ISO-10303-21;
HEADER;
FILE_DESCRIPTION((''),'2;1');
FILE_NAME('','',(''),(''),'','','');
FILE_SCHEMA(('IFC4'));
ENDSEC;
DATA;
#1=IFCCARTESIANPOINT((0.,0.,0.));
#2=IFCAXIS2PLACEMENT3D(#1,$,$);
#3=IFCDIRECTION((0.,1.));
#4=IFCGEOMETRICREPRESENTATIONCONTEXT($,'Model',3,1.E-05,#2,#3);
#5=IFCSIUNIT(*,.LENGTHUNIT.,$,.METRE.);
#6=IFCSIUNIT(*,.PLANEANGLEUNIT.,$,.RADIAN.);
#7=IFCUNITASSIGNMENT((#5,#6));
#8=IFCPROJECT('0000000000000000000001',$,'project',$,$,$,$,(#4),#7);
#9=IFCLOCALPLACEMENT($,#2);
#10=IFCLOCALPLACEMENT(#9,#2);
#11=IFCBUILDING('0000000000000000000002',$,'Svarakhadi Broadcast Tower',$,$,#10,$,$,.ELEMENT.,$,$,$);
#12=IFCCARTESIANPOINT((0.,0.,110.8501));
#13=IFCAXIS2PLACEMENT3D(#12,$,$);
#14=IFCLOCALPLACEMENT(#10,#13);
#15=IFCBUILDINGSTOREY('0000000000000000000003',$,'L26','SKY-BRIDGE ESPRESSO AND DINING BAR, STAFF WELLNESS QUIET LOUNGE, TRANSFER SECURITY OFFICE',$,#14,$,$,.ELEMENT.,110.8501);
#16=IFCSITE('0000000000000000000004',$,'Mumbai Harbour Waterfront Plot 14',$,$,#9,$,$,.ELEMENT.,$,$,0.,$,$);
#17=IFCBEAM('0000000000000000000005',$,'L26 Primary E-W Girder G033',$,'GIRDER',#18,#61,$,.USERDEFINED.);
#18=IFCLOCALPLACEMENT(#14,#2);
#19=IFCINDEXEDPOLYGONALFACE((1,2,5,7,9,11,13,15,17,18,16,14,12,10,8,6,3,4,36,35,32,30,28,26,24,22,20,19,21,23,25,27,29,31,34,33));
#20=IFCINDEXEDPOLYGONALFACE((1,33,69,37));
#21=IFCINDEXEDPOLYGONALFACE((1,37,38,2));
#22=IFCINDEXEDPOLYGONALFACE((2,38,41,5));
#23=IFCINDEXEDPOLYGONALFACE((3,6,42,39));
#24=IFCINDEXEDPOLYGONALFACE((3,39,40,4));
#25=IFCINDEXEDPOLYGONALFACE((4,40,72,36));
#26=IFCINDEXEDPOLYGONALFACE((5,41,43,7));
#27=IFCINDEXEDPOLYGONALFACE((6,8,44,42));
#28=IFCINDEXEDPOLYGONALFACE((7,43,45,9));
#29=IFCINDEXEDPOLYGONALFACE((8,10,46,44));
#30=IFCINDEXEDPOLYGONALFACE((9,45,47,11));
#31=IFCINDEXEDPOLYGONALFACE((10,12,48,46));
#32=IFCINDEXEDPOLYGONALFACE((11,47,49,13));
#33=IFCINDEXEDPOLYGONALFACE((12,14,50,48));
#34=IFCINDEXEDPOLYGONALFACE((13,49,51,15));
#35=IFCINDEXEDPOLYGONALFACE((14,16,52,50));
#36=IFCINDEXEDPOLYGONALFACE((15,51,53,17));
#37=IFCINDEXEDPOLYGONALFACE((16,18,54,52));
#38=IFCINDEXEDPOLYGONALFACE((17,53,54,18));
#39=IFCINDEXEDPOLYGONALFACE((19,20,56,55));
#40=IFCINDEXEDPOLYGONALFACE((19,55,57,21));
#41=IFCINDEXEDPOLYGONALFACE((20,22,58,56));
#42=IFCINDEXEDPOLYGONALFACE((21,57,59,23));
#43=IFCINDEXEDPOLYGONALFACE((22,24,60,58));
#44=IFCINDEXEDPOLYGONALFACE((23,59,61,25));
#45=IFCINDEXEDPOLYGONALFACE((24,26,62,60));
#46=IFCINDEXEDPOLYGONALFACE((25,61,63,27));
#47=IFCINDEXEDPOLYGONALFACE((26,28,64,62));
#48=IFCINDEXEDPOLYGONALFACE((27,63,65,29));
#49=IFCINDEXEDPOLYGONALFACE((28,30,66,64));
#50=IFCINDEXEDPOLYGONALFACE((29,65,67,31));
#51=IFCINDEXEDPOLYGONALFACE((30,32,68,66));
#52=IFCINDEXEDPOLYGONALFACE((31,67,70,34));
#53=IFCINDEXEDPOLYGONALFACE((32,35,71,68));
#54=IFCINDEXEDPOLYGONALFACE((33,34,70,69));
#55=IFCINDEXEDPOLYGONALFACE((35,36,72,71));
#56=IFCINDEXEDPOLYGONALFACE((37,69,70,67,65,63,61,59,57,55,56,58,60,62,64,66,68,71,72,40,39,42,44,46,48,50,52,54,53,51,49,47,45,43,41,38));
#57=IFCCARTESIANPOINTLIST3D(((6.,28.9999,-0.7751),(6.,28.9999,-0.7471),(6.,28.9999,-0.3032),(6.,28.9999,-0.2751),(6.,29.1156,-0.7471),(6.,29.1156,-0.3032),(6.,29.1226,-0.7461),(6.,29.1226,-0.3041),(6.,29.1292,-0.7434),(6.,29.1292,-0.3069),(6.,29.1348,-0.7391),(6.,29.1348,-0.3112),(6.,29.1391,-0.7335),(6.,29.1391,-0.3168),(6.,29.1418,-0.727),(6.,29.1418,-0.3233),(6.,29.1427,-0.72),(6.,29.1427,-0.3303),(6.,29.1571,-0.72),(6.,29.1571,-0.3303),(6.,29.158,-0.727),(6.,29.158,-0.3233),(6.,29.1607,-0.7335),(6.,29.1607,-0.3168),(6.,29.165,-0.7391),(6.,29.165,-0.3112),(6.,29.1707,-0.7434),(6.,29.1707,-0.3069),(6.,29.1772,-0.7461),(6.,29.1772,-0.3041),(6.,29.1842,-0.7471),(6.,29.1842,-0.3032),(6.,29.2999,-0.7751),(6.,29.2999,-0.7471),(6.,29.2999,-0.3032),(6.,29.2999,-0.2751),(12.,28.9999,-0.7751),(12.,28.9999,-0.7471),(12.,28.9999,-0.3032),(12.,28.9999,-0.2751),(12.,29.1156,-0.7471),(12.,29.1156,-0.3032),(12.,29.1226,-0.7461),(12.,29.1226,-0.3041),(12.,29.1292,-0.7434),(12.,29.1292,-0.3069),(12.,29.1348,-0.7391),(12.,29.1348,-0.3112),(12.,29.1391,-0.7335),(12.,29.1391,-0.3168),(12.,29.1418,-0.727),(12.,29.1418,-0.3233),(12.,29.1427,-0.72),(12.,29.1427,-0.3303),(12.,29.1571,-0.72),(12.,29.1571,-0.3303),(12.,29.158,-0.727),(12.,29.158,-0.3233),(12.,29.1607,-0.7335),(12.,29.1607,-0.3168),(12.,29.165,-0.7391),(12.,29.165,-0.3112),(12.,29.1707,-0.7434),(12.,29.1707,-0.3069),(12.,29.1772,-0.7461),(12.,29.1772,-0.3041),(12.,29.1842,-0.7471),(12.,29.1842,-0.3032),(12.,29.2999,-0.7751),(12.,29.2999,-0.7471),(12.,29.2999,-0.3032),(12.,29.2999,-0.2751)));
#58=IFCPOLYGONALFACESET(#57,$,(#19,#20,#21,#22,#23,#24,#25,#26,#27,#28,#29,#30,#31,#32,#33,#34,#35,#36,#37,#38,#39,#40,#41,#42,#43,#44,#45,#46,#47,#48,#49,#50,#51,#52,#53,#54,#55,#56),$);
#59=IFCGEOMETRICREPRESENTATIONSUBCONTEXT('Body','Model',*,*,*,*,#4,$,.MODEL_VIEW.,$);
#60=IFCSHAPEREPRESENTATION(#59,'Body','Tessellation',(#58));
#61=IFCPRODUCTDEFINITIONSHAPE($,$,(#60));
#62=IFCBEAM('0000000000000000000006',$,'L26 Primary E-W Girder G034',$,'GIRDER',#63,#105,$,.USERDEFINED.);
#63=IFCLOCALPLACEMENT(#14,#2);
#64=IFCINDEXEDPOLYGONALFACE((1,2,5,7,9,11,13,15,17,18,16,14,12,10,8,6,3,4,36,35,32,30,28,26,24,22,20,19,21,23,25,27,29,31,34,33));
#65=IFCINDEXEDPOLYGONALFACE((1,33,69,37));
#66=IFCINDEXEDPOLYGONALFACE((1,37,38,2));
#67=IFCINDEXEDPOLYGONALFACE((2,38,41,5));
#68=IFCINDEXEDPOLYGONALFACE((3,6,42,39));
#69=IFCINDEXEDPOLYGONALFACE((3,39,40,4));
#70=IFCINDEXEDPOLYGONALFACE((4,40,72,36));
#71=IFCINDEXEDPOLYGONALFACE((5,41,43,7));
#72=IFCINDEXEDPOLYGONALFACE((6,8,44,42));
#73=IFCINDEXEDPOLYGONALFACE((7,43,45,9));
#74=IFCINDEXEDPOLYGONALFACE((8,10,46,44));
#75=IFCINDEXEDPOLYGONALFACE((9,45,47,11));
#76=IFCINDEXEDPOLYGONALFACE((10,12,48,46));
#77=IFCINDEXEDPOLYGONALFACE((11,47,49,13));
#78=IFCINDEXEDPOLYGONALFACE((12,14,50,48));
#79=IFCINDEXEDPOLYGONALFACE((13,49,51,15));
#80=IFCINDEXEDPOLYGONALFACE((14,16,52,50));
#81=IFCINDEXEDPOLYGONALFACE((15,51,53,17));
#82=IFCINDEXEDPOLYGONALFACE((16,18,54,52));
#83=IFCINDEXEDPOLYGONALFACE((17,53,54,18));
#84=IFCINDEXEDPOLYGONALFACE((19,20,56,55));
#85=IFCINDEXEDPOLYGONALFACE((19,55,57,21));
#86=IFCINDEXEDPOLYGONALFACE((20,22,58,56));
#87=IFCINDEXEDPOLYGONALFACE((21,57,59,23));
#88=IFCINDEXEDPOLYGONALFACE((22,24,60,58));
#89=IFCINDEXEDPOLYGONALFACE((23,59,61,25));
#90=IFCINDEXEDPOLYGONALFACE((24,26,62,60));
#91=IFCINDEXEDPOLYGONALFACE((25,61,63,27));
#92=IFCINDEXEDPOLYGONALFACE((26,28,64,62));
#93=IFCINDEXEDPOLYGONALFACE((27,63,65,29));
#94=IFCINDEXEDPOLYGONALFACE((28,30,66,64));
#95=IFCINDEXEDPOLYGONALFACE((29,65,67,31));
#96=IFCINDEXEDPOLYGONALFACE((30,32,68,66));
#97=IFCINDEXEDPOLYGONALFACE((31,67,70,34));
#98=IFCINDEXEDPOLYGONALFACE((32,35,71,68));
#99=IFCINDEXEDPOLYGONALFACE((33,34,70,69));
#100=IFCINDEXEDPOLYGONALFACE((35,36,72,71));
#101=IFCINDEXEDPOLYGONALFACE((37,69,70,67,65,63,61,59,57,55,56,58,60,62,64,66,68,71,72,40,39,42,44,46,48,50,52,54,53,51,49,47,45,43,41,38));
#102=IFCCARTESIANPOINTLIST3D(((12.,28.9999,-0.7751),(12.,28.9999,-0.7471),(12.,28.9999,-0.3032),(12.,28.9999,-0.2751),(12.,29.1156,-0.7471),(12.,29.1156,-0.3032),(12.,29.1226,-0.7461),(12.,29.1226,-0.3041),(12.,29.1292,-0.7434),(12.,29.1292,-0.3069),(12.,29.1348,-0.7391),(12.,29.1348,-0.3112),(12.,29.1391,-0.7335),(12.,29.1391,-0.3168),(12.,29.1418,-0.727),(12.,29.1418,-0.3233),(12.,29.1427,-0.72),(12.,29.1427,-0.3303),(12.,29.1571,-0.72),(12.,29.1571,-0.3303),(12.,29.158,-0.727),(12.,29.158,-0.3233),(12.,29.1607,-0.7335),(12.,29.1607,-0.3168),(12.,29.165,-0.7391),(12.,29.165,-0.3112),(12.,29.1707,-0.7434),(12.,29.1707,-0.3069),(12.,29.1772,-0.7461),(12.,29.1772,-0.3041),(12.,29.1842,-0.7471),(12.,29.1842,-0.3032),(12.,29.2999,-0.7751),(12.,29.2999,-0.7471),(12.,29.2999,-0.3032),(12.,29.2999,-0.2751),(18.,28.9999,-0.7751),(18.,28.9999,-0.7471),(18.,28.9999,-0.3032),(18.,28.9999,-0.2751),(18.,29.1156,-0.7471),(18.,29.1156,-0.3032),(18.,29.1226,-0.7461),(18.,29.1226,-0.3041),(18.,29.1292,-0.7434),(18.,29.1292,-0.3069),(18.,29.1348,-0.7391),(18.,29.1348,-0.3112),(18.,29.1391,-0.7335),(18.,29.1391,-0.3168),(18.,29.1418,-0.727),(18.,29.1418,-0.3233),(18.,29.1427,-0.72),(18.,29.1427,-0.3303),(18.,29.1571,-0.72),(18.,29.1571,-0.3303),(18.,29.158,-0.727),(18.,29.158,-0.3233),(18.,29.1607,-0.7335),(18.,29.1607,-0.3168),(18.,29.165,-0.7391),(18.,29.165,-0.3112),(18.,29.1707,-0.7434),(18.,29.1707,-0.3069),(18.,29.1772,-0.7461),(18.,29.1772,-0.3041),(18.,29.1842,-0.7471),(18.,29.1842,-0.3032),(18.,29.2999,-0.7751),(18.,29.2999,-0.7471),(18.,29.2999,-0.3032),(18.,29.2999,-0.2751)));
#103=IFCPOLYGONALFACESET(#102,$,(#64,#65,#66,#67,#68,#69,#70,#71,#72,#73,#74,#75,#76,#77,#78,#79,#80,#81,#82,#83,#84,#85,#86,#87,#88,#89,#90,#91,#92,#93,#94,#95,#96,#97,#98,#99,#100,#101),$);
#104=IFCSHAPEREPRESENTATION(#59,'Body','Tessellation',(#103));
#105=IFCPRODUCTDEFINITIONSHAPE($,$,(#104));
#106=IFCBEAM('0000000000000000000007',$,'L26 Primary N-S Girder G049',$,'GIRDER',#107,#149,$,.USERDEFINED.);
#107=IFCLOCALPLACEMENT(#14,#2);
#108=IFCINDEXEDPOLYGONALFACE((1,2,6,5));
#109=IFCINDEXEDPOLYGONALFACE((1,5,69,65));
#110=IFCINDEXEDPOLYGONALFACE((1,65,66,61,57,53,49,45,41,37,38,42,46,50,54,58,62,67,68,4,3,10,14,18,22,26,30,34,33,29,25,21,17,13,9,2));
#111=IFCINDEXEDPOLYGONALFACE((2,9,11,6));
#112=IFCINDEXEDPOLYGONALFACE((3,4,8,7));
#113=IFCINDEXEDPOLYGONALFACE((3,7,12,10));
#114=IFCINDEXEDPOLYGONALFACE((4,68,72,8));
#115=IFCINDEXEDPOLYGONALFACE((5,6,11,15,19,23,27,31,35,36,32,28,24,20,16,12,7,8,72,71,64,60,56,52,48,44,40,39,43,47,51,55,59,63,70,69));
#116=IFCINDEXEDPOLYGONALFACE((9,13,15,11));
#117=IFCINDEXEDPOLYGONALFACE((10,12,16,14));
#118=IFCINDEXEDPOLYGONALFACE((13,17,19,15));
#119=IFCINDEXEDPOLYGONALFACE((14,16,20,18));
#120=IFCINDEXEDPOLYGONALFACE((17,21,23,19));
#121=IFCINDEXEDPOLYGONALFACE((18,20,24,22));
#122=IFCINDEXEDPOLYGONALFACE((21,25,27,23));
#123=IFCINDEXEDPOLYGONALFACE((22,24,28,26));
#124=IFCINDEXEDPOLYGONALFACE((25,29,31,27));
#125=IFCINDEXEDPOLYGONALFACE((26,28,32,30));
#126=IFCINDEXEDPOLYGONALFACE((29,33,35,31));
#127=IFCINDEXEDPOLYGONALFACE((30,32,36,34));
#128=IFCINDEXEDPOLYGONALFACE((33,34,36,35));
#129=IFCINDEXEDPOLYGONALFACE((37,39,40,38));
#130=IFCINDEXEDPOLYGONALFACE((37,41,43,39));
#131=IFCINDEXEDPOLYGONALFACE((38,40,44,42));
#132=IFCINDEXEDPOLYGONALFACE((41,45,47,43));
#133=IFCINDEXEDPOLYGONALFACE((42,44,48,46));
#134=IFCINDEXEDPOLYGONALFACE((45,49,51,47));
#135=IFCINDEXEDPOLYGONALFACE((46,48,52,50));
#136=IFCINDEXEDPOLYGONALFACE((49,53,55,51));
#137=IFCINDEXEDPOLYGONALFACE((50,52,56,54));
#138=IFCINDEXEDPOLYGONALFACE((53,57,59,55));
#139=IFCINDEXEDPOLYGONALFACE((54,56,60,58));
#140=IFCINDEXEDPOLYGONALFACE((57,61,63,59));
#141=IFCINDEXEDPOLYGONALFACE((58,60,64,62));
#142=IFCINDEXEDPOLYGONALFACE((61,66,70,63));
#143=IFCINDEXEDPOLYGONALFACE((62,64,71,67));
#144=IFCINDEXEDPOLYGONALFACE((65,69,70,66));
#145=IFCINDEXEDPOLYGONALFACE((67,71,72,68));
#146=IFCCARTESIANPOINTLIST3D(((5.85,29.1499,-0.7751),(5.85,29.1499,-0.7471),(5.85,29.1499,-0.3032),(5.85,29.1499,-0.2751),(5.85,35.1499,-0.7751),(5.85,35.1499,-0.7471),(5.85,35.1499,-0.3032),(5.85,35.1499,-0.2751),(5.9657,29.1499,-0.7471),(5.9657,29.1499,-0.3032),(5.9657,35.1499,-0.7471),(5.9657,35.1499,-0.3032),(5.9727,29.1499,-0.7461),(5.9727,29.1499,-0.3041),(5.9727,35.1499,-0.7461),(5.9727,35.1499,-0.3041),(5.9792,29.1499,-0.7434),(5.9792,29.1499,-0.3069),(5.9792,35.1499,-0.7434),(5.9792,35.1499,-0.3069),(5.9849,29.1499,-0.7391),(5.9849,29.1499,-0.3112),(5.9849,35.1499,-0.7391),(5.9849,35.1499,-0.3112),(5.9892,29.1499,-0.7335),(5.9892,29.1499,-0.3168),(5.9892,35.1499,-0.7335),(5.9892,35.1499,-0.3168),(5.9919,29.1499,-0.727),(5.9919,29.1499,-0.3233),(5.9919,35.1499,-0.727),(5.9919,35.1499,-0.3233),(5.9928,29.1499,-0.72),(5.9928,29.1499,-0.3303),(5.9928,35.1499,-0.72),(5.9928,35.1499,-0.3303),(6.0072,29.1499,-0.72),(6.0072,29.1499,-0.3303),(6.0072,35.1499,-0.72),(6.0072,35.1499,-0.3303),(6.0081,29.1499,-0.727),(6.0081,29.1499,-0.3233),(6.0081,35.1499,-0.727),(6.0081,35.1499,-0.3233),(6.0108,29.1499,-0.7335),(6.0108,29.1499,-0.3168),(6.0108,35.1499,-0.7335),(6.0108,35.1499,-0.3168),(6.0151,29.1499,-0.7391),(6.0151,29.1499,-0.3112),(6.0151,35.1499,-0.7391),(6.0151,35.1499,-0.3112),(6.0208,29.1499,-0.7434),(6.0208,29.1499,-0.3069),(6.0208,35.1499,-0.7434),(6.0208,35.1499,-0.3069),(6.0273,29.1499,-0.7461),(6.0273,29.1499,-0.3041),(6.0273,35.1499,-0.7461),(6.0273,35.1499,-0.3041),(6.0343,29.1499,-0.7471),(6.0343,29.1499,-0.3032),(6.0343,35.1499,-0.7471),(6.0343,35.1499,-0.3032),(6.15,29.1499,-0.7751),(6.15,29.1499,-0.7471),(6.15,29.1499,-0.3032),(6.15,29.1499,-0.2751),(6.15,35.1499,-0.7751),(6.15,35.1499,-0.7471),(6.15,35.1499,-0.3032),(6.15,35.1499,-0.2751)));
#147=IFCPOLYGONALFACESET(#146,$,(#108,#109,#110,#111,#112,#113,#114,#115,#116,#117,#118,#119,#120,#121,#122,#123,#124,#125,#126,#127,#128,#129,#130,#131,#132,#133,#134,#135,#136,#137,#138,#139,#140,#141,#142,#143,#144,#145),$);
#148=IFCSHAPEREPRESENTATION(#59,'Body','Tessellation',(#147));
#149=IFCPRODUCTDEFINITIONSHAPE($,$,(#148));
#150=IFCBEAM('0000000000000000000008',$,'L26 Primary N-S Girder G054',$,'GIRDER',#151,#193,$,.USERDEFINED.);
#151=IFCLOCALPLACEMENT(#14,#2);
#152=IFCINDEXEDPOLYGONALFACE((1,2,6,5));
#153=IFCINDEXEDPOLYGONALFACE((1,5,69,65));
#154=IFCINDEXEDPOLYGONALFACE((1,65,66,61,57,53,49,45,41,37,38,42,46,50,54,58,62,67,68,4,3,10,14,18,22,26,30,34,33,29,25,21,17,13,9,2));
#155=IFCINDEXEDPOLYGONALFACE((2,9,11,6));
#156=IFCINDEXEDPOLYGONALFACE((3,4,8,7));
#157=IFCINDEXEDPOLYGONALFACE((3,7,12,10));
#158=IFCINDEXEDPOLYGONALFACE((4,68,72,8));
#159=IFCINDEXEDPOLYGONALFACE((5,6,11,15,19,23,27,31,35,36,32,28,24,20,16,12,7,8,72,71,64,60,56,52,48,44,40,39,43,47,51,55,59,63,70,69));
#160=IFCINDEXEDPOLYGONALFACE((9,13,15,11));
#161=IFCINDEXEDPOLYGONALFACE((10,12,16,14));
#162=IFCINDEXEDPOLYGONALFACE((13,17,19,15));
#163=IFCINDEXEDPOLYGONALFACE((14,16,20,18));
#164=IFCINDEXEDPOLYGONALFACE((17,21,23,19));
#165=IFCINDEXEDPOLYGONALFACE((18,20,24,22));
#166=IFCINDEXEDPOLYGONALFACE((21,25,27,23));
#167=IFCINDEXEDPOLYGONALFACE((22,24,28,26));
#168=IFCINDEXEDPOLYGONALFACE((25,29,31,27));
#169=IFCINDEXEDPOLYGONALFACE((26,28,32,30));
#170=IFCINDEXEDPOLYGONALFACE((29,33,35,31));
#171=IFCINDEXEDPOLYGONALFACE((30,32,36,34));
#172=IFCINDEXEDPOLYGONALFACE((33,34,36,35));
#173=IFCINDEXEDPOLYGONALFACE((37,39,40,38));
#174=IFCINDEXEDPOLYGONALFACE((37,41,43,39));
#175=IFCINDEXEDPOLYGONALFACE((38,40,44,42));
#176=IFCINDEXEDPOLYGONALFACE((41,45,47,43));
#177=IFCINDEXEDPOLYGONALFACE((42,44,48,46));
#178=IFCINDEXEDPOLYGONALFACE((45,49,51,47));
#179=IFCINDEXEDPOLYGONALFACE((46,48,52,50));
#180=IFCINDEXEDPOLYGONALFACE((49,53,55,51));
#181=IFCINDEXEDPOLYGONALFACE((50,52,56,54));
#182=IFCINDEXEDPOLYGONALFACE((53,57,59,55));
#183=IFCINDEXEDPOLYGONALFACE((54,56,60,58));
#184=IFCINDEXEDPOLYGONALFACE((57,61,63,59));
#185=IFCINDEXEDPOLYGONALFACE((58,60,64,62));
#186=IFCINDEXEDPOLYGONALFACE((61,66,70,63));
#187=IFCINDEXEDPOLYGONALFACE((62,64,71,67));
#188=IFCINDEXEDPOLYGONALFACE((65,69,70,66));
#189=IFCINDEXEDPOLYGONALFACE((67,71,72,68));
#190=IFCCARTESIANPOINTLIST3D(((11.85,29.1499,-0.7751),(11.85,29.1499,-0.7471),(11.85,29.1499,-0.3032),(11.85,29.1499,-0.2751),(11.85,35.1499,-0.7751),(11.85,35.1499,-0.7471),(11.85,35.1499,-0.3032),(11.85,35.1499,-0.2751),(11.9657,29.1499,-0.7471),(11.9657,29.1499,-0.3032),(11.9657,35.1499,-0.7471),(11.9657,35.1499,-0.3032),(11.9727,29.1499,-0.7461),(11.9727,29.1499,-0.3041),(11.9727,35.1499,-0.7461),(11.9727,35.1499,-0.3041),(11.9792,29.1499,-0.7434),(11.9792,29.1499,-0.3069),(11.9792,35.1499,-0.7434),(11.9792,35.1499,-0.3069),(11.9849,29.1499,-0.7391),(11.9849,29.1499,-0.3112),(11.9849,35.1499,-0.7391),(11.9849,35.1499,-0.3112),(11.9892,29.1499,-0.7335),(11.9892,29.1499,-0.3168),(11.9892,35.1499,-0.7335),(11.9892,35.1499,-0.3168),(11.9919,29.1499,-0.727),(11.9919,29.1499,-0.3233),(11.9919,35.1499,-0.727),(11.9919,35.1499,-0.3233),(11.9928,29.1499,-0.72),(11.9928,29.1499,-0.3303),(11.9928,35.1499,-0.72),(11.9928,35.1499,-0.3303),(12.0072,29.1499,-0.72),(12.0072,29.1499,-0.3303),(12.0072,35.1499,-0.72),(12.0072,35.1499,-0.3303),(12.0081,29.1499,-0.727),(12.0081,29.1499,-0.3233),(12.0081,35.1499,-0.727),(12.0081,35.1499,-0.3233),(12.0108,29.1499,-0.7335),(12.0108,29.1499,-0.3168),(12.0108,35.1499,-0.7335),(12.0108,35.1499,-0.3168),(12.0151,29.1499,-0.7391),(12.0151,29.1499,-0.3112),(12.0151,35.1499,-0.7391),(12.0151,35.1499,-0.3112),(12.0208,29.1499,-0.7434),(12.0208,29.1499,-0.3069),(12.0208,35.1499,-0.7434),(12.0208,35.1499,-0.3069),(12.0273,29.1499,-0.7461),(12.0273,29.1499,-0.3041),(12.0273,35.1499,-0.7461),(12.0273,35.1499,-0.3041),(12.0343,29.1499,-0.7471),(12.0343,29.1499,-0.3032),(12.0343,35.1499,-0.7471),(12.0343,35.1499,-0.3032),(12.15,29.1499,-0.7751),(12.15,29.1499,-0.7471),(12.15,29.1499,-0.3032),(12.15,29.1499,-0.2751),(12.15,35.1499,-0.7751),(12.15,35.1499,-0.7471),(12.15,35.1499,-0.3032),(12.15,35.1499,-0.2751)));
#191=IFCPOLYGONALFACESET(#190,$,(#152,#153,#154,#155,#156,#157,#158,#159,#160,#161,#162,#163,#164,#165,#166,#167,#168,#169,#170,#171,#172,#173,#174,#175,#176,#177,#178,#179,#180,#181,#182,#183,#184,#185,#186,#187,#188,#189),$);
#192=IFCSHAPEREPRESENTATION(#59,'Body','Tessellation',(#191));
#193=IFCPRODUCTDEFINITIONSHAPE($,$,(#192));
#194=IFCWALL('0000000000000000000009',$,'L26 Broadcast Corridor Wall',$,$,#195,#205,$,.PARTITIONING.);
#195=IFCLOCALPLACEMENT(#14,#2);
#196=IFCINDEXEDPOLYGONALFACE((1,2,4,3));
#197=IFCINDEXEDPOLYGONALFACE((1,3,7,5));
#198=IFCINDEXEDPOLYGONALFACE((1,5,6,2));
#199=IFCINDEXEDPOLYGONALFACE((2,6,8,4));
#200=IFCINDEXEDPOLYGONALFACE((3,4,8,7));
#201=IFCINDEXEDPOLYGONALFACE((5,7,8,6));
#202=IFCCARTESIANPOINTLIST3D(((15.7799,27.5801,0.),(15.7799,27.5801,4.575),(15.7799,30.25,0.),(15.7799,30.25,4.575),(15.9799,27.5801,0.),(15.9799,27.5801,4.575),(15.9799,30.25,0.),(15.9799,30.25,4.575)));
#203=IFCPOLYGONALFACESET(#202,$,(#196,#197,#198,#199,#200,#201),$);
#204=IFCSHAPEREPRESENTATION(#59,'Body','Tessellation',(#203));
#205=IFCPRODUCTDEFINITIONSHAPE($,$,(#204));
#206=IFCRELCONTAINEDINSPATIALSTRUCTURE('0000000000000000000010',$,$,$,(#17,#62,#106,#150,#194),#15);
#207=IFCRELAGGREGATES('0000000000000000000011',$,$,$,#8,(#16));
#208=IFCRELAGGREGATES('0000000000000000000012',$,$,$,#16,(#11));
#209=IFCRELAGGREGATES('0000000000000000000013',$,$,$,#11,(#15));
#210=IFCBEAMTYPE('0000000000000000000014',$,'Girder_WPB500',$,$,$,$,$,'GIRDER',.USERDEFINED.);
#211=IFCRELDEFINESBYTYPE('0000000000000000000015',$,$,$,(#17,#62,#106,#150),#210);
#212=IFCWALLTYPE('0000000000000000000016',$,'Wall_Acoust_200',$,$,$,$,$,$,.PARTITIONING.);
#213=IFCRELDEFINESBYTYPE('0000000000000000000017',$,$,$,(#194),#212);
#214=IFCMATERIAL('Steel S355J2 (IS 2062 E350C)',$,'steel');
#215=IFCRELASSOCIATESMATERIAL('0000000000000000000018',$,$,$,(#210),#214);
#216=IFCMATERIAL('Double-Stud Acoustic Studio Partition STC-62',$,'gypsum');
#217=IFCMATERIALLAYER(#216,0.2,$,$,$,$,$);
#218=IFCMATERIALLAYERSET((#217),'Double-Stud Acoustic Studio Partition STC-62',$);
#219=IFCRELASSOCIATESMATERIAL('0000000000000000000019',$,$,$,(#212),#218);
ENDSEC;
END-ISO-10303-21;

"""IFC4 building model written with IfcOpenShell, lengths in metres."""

from ifc_helpers import new_model, si_unit, direction, frame, frame_2d, origin, origin_2d, place, context, subcontext, project, spatial, rectangle, i_section, extrude, material, layer, layer_set, material_profile, profile_set, type_object, element, save


model = new_model("IFC4")

# Units and contexts
model_context = context("Model", 3, precision=1e-05, world=origin(), true_north=direction((0.0, 1.0)))
body_context = subcontext(model_context, "Body", "Model", "MODEL_VIEW")
ifc_project = project(units=[si_unit("LENGTHUNIT", "METRE"), si_unit("PLANEANGLEUNIT", "RADIAN")], contexts=[model_context])

# Site, building, storey
site_placement = place(None, origin())
site = spatial("IfcSite", under=ifc_project, at=site_placement, Name="Mumbai Harbour Waterfront Plot 14", CompositionType="ELEMENT", RefElevation=0.0)
building_placement = place(site_placement, origin())
building = spatial("IfcBuilding", under=site, at=building_placement, Name="Svarakhadi Broadcast Tower", CompositionType="ELEMENT")
storey_placement = place(building_placement, frame((0.0, 0.0, 110.8501)))
storey = spatial("IfcBuildingStorey", under=building, at=storey_placement, Name="L26", Description="SKY-BRIDGE ESPRESSO AND DINING BAR, STAFF WELLNESS QUIET LOUNGE, TRANSFER SECURITY OFFICE", CompositionType="ELEMENT", Elevation=110.8501)

# Beams
ifc_material_1 = material(Name="Steel S355J2 (IS 2062 E350C)", Category="steel")
ifc_material_profile_1 = material_profile(ifc_material_1, i_section(OverallWidth=0.3, OverallDepth=0.5, WebThickness=0.0144, FlangeThickness=0.0281, FilletRadius=0.0271, at=origin_2d()), Name="WPB 500x300x187")
ifc_profile_set_1 = profile_set([ifc_material_profile_1], Name="Steel S355J2 (IS 2062 E350C)")
beam_type_1 = type_object("IfcBeamType", Name="Girder_WPB500", ElementType="GIRDER", PredefinedType="USERDEFINED", material=ifc_profile_set_1)
for number, where, z_axis, x_axis, name in (
    (1, (6.0, 29.1499, -0.5251), (1.0, 0.0, 0.0), (0.0, 1.0, 0.0), "L26 Primary E-W Girder G033"),
    (2, (12.0, 29.1499, -0.5251), (1.0, 0.0, 0.0), (0.0, 1.0, 0.0), "L26 Primary E-W Girder G034"),
    (3, (6.0, 29.1499, -0.5251), (0.0, 1.0, 0.0), (-1.0, 0.0, 0.0), "L26 Primary N-S Girder G049"),
    (4, (12.0, 29.1499, -0.5251), (0.0, 1.0, 0.0), (-1.0, 0.0, 0.0), "L26 Primary N-S Girder G054"),
):
    element("IfcBeam", number, at=place(storey_placement, frame(where, z_axis=z_axis, x_axis=x_axis)), inside=storey, type_object=beam_type_1, Name=name, ObjectType="GIRDER", PredefinedType="USERDEFINED", context=body_context, shape_type="SweptSolid", body=[
        extrude(i_section(OverallWidth=0.3, OverallDepth=0.5, WebThickness=0.0144, FlangeThickness=0.0281, FilletRadius=0.0271, at=origin_2d()), origin(), (0.0, 0.0, 1.0), 6.0),
    ])

# Wall
ifc_material_2 = material(Name="Double-Stud Acoustic Studio Partition STC-62", Category="gypsum")
ifc_layer_1 = layer(ifc_material_2, 0.2)
ifc_layer_set_1 = layer_set([ifc_layer_1], Name="Double-Stud Acoustic Studio Partition STC-62")
wall_type_1 = type_object("IfcWallType", Name="Wall_Acoust_200", PredefinedType="PARTITIONING", material=ifc_layer_set_1)
wall_1_placement = place(storey_placement, frame((15.8799, 27.5801, 0.0), z_axis=(0.0, 0.0, 1.0), x_axis=(0.0, 1.0, 0.0)))
element("IfcWall", 5, at=wall_1_placement, inside=storey, type_object=wall_type_1, Name="L26 Broadcast Corridor Wall", PredefinedType="PARTITIONING", context=body_context, shape_type="SweptSolid", body=[
    extrude(rectangle(XDim=2.6699, YDim=0.2, at=frame_2d((1.335, 0.0))), origin(), (0.0, 0.0, 1.0), 4.575),
])

save(model, "model.ifc")
